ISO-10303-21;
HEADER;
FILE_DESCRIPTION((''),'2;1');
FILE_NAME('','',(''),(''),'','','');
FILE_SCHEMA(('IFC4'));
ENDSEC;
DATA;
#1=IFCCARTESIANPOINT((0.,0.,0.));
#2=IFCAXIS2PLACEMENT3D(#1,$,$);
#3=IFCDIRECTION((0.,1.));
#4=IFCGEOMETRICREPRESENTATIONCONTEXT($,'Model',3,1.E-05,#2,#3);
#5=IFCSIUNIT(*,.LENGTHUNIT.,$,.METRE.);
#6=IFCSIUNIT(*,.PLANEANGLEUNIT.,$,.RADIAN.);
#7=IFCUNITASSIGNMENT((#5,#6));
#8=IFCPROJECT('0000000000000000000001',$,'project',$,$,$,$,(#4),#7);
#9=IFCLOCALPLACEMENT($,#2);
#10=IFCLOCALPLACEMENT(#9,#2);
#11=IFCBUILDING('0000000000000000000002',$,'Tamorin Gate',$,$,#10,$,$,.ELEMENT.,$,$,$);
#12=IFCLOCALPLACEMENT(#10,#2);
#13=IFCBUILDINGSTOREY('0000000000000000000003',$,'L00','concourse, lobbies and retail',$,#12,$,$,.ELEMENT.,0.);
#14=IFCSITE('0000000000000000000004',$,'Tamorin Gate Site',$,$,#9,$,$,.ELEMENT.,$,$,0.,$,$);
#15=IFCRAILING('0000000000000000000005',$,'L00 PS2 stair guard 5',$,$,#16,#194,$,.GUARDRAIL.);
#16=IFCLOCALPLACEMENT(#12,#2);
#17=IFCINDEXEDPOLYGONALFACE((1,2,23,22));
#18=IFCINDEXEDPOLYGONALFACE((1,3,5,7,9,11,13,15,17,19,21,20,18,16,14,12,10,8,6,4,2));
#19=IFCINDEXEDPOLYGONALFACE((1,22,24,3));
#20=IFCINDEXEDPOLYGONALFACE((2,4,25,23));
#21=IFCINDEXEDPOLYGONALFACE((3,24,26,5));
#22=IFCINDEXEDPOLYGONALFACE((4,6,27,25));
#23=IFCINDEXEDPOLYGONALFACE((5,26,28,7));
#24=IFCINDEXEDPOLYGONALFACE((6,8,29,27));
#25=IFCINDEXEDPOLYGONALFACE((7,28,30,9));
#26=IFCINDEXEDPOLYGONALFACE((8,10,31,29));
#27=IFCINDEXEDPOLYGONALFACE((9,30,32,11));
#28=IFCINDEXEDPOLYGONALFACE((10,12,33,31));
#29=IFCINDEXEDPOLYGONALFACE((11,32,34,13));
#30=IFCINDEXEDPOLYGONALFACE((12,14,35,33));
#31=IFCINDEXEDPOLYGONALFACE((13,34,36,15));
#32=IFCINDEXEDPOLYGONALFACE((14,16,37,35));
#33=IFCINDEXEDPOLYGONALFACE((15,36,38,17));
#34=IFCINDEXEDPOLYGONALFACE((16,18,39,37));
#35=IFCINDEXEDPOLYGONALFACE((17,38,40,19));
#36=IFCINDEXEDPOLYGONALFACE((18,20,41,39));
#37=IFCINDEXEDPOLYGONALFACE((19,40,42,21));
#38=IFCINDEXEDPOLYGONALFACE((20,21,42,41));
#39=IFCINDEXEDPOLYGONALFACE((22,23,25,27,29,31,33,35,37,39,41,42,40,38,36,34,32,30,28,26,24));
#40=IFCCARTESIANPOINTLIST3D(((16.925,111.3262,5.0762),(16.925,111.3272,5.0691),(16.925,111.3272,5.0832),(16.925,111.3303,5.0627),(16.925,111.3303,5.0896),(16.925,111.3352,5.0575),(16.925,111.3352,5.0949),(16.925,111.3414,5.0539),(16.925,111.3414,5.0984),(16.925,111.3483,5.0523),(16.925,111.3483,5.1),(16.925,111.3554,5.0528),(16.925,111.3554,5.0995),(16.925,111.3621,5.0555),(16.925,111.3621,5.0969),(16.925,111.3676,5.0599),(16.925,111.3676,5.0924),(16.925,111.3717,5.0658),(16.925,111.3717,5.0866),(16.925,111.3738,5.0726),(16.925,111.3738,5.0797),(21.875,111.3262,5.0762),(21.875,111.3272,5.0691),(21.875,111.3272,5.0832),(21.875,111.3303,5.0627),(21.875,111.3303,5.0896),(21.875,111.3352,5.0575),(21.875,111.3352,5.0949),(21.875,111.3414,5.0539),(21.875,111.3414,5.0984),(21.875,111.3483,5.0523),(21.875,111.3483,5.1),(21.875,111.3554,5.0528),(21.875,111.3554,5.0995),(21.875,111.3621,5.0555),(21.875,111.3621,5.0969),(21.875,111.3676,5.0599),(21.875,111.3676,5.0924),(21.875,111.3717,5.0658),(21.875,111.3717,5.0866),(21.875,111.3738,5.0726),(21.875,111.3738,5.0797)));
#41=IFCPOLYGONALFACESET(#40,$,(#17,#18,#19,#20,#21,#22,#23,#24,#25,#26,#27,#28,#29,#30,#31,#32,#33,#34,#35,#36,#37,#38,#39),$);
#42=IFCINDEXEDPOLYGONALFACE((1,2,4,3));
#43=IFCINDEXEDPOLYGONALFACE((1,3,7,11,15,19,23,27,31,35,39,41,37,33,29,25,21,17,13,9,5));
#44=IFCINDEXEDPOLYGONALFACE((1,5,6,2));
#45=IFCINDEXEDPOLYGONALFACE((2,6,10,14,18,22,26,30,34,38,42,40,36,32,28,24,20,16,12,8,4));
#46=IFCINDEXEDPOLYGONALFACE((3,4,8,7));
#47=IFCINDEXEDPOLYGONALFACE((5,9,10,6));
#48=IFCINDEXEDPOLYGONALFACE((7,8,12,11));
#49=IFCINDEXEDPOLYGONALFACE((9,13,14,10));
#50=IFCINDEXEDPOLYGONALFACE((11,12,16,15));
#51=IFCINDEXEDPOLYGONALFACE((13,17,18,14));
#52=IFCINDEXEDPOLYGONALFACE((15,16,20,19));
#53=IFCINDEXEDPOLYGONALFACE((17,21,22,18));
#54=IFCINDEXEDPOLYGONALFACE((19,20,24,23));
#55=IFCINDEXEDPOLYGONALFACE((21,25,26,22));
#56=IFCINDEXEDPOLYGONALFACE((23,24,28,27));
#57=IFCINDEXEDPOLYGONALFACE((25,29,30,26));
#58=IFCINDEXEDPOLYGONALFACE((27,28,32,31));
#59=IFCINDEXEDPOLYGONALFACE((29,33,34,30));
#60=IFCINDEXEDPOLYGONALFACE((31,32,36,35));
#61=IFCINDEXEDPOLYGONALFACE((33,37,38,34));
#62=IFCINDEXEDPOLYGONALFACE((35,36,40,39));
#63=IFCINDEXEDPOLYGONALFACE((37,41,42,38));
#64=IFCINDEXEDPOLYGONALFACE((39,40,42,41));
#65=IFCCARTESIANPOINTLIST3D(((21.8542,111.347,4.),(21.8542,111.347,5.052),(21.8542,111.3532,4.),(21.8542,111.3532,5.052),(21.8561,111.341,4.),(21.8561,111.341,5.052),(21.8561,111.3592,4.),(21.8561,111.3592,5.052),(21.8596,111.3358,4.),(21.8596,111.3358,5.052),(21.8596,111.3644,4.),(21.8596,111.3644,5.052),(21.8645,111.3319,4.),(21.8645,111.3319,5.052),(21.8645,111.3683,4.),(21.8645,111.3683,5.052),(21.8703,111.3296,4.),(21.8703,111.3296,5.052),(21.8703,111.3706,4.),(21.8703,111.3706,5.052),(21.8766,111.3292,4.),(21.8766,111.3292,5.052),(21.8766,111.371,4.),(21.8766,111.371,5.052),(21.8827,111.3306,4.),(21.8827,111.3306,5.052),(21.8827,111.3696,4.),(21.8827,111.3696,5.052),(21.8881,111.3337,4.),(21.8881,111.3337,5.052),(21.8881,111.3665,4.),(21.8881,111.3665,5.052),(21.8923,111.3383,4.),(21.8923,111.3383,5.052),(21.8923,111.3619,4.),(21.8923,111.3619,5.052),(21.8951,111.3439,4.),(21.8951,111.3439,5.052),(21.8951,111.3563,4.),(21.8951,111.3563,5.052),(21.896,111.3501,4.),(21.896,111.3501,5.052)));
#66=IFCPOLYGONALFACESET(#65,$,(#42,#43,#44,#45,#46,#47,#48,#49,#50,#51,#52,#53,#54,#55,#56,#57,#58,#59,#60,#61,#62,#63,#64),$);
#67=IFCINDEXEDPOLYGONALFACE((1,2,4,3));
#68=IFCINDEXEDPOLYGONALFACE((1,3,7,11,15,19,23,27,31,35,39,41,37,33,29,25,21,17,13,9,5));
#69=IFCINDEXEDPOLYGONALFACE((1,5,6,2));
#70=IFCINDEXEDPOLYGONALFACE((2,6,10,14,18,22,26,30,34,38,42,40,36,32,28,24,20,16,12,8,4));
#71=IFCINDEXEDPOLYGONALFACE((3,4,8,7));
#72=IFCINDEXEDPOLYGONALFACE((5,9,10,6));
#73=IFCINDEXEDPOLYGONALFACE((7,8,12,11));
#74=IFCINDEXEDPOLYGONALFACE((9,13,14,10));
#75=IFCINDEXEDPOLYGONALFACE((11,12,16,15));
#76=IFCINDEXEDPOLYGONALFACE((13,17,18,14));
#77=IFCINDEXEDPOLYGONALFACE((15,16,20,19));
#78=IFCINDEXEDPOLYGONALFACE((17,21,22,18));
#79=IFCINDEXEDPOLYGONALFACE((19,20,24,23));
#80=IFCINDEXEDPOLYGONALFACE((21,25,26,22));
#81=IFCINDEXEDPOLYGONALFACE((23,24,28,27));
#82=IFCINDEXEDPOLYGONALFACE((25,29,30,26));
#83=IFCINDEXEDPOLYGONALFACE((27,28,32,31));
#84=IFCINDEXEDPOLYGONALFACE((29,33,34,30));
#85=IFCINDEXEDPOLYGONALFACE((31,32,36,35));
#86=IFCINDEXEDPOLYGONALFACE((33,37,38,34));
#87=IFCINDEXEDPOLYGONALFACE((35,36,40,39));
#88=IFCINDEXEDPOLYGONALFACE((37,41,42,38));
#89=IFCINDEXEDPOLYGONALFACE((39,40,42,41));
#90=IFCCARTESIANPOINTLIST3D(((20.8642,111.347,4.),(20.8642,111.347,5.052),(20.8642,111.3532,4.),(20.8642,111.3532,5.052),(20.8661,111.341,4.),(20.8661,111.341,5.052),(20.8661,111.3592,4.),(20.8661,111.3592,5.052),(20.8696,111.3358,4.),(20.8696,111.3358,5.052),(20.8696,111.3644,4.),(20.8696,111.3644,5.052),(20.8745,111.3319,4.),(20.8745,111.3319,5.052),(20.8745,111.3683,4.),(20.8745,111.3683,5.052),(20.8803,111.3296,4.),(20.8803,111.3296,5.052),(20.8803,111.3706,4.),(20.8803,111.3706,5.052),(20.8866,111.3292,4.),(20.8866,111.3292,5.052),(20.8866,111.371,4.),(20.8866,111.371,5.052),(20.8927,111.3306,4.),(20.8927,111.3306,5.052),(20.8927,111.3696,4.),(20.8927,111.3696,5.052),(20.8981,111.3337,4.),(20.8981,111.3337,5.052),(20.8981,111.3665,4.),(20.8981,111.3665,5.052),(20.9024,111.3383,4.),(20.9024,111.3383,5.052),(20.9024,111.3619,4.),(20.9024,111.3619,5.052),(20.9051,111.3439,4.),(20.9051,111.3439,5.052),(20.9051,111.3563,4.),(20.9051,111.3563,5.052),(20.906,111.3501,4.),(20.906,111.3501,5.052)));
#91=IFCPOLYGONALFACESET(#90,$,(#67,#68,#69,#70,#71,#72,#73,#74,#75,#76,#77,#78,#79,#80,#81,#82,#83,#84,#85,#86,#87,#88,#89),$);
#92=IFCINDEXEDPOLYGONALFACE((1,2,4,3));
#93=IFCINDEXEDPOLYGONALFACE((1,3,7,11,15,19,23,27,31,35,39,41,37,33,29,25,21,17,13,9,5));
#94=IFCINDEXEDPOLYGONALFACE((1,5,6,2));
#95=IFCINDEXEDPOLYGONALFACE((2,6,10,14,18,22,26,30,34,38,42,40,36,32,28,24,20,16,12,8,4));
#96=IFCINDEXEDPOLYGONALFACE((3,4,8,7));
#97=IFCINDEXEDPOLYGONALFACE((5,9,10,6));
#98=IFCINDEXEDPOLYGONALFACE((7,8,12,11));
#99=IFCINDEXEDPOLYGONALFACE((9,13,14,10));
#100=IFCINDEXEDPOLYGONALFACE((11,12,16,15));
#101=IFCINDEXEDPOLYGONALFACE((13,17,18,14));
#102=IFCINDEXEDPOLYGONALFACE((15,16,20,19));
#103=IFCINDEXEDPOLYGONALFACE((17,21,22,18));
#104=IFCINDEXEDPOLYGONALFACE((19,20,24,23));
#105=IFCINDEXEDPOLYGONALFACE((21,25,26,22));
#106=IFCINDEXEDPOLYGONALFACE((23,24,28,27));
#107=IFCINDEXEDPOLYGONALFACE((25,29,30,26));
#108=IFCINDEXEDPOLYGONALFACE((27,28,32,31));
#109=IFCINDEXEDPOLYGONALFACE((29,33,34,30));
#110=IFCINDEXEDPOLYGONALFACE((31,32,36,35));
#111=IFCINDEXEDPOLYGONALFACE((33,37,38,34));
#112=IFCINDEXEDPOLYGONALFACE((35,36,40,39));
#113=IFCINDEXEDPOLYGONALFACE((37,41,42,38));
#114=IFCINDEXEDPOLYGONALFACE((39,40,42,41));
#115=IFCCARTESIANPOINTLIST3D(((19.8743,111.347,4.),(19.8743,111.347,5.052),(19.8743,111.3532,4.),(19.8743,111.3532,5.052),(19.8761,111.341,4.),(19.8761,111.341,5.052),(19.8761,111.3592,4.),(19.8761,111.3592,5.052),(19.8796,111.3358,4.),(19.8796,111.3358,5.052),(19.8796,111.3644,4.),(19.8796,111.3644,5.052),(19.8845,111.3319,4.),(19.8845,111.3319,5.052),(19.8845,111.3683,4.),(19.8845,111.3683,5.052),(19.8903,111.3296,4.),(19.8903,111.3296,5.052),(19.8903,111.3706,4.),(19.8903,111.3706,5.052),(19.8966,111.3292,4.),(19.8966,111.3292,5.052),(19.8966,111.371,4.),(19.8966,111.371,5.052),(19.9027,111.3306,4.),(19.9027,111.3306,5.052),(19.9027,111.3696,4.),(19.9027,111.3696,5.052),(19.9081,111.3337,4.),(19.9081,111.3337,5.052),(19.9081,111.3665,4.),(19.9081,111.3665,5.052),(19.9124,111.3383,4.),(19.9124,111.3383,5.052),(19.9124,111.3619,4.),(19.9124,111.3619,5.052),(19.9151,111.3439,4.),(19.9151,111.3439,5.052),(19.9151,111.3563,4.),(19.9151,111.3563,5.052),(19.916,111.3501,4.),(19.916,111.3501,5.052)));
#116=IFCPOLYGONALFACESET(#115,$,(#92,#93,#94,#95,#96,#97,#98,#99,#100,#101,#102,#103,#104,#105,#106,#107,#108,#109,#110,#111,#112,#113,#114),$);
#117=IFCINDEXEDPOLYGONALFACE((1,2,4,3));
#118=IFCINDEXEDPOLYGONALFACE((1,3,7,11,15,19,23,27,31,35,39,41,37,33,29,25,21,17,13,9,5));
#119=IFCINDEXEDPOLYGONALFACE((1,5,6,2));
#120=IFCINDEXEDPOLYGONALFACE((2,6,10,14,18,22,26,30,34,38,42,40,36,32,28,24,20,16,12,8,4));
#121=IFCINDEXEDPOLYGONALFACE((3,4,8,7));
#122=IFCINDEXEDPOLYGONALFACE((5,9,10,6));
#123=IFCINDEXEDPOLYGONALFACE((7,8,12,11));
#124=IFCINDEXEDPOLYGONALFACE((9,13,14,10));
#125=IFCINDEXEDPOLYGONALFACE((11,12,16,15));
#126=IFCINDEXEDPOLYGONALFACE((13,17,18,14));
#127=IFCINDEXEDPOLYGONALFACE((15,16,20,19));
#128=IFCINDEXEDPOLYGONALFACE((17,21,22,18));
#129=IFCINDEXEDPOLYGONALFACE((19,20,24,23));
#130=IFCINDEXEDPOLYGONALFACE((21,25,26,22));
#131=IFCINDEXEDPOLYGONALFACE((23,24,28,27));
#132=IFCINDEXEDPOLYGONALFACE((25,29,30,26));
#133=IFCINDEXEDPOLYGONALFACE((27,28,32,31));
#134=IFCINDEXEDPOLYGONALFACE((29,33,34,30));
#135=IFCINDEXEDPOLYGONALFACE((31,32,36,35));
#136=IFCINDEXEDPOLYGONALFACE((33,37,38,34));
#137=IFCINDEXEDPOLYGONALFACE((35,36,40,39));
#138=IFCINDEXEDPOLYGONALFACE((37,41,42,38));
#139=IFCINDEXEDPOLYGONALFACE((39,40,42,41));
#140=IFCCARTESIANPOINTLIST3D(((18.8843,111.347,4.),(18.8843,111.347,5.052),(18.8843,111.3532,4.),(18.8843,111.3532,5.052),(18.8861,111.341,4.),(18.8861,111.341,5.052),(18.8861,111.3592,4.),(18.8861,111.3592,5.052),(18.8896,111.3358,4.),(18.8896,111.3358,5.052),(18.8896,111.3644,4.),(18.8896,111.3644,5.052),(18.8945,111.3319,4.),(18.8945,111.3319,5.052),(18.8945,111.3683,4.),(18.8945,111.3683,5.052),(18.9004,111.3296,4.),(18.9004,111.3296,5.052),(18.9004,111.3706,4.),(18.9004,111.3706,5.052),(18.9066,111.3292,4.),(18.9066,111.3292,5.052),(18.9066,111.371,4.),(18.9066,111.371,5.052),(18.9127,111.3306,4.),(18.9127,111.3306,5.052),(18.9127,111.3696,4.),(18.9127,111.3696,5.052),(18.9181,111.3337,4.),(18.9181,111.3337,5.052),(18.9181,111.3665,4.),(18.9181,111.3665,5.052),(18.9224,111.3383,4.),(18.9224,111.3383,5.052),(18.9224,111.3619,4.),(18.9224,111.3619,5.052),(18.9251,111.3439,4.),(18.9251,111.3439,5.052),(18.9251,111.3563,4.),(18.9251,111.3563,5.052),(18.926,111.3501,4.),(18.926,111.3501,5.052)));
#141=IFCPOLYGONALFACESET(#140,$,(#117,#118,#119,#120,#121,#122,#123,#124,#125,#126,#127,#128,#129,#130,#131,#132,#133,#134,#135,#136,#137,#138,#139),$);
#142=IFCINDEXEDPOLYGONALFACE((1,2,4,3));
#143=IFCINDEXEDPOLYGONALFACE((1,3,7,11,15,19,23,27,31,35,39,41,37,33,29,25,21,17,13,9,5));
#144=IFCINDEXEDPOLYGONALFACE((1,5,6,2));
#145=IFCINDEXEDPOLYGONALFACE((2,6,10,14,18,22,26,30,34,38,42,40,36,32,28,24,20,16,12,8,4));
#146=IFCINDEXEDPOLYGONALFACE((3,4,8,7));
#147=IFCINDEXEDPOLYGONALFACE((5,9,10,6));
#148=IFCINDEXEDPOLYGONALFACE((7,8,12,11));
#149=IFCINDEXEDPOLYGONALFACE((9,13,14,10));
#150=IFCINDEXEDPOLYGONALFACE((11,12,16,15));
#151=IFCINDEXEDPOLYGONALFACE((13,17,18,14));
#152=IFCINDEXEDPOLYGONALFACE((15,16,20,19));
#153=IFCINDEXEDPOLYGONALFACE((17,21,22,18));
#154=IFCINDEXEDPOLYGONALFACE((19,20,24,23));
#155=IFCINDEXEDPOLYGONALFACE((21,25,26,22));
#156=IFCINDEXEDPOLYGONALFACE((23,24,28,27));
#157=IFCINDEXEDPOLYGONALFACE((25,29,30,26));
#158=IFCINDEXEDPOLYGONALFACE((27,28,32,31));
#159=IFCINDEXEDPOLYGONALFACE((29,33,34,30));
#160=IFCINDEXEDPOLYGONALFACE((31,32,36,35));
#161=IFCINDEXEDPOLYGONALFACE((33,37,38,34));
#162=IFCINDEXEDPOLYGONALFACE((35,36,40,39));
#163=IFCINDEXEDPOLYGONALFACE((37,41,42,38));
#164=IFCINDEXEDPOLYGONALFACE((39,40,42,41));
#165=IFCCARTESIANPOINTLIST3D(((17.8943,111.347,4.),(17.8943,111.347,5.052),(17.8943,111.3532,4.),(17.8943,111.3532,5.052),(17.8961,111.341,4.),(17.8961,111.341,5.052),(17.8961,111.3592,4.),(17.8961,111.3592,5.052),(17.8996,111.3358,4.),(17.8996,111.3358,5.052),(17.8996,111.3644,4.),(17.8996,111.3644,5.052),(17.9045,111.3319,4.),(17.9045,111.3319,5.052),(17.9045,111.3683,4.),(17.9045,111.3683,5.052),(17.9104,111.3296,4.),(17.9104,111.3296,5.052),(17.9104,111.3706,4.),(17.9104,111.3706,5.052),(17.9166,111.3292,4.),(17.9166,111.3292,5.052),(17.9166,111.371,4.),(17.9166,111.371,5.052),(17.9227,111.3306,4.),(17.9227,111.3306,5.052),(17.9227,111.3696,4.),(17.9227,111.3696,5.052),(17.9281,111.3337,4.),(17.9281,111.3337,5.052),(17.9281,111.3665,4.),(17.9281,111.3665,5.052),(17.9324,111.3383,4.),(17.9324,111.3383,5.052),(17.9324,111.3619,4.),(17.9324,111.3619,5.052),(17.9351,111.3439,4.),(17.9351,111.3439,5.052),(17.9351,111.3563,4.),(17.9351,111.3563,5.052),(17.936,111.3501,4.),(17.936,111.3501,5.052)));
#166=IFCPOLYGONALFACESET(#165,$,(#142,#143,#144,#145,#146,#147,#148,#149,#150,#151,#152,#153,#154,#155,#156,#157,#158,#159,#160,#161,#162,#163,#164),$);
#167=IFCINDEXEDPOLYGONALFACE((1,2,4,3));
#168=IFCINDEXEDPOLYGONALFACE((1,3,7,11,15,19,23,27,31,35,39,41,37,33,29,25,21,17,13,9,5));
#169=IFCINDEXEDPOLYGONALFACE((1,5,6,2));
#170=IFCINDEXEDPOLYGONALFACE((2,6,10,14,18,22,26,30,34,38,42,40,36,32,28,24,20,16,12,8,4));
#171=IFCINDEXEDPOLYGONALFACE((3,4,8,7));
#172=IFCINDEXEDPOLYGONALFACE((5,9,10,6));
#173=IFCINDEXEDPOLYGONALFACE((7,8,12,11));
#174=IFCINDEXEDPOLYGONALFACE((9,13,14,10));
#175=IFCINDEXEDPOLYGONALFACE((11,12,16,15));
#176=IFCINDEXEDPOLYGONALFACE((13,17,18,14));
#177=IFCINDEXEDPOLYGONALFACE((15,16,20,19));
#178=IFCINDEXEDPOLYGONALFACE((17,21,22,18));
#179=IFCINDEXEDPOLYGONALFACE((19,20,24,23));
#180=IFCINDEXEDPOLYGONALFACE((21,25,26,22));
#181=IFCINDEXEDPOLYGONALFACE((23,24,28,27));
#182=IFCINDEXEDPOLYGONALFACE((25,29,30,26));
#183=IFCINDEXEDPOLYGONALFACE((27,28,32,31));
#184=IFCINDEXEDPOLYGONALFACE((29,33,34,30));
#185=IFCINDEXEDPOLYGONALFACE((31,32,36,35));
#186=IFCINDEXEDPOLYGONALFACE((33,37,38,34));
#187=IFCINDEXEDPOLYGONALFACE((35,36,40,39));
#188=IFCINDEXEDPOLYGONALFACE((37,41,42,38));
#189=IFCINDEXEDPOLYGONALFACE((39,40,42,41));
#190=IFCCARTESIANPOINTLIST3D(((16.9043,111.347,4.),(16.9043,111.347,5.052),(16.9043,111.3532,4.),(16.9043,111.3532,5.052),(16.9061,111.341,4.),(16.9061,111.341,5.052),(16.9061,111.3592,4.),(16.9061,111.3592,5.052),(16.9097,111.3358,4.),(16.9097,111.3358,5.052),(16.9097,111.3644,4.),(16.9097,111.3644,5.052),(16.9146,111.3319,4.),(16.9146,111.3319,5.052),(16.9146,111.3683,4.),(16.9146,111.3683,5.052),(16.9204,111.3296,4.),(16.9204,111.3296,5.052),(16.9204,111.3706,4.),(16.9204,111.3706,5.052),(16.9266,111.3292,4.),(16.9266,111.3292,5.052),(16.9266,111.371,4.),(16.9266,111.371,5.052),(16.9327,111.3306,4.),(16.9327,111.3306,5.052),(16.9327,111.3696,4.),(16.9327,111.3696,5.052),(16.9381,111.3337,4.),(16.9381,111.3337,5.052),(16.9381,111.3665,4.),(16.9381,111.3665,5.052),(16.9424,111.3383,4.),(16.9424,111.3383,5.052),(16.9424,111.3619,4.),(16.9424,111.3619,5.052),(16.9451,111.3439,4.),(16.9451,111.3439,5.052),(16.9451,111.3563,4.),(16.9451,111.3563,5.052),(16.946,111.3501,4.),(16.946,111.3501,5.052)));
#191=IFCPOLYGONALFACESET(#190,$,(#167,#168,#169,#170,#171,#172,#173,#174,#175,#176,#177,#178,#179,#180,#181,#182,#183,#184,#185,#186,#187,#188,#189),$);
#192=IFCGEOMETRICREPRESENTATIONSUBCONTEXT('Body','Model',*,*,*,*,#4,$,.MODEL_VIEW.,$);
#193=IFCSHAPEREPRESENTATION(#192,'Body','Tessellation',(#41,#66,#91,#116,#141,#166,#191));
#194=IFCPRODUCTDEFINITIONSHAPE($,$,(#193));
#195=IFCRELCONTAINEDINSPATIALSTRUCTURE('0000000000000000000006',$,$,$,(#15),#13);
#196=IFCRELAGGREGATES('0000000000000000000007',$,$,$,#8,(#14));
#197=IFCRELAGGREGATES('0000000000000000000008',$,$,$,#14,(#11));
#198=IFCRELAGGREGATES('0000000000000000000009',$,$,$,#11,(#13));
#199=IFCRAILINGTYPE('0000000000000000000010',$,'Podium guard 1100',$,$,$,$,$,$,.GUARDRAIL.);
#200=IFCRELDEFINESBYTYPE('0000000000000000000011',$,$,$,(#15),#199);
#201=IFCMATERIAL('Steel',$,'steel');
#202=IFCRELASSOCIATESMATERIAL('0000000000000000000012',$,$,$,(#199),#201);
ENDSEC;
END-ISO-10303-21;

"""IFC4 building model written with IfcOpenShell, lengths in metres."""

from ifc_helpers import new_model, si_unit, direction, frame, origin, origin_2d, place, context, subcontext, project, spatial, circle, extrude, material, type_object, element, save


model = new_model("IFC4")

# Units and contexts
model_context = context("Model", 3, precision=1e-05, world=origin(), true_north=direction((0.0, 1.0)))
body_context = subcontext(model_context, "Body", "Model", "MODEL_VIEW")
ifc_project = project(units=[si_unit("LENGTHUNIT", "METRE"), si_unit("PLANEANGLEUNIT", "RADIAN")], contexts=[model_context])

# Site, building, storey
site_placement = place(None, origin())
site = spatial("IfcSite", under=ifc_project, at=site_placement, Name="Tamorin Gate Site", CompositionType="ELEMENT", RefElevation=0.0)
building_placement = place(site_placement, origin())
building = spatial("IfcBuilding", under=site, at=building_placement, Name="Tamorin Gate", CompositionType="ELEMENT")
storey_placement = place(building_placement, origin())
storey = spatial("IfcBuildingStorey", under=building, at=storey_placement, Name="L00", Description="concourse, lobbies and retail", CompositionType="ELEMENT", Elevation=0.0)

# Railing
ifc_material_1 = material(Name="Steel", Category="steel")
railing_type_1 = type_object("IfcRailingType", Name="Podium guard 1100", PredefinedType="GUARDRAIL", material=ifc_material_1)
railing_1_placement = place(storey_placement, frame((21.875, 111.3501, 4.0)))
element("IfcRailing", 1, at=railing_1_placement, inside=storey, type_object=railing_type_1, Name="L00 PS2 stair guard 5", PredefinedType="GUARDRAIL", context=body_context, shape_type="SweptSolid", body=[
    extrude(circle(Radius=0.0239, at=origin_2d()), frame((0.0, 0.0, 1.0762), z_axis=(-1.0, 0.0, 0.0), x_axis=(0.0, -1.0, 0.0)), (0.0, 0.0, 1.0), 4.95),
    extrude(circle(Radius=0.021, at=origin_2d()), origin(), (0.0, 0.0, 1.0), 1.052),
    extrude(circle(Radius=0.021, at=origin_2d()), frame((-0.99, 0.0, 0.0)), (0.0, 0.0, 1.0), 1.052),
    extrude(circle(Radius=0.021, at=origin_2d()), frame((-1.98, 0.0, 0.0)), (0.0, 0.0, 1.0), 1.052),
    extrude(circle(Radius=0.021, at=origin_2d()), frame((-2.97, 0.0, 0.0)), (0.0, 0.0, 1.0), 1.052),
    extrude(circle(Radius=0.021, at=origin_2d()), frame((-3.96, 0.0, 0.0)), (0.0, 0.0, 1.0), 1.052),
    extrude(circle(Radius=0.021, at=origin_2d()), frame((-4.95, 0.0, 0.0)), (0.0, 0.0, 1.0), 1.052),
])

save(model, "model.ifc")
